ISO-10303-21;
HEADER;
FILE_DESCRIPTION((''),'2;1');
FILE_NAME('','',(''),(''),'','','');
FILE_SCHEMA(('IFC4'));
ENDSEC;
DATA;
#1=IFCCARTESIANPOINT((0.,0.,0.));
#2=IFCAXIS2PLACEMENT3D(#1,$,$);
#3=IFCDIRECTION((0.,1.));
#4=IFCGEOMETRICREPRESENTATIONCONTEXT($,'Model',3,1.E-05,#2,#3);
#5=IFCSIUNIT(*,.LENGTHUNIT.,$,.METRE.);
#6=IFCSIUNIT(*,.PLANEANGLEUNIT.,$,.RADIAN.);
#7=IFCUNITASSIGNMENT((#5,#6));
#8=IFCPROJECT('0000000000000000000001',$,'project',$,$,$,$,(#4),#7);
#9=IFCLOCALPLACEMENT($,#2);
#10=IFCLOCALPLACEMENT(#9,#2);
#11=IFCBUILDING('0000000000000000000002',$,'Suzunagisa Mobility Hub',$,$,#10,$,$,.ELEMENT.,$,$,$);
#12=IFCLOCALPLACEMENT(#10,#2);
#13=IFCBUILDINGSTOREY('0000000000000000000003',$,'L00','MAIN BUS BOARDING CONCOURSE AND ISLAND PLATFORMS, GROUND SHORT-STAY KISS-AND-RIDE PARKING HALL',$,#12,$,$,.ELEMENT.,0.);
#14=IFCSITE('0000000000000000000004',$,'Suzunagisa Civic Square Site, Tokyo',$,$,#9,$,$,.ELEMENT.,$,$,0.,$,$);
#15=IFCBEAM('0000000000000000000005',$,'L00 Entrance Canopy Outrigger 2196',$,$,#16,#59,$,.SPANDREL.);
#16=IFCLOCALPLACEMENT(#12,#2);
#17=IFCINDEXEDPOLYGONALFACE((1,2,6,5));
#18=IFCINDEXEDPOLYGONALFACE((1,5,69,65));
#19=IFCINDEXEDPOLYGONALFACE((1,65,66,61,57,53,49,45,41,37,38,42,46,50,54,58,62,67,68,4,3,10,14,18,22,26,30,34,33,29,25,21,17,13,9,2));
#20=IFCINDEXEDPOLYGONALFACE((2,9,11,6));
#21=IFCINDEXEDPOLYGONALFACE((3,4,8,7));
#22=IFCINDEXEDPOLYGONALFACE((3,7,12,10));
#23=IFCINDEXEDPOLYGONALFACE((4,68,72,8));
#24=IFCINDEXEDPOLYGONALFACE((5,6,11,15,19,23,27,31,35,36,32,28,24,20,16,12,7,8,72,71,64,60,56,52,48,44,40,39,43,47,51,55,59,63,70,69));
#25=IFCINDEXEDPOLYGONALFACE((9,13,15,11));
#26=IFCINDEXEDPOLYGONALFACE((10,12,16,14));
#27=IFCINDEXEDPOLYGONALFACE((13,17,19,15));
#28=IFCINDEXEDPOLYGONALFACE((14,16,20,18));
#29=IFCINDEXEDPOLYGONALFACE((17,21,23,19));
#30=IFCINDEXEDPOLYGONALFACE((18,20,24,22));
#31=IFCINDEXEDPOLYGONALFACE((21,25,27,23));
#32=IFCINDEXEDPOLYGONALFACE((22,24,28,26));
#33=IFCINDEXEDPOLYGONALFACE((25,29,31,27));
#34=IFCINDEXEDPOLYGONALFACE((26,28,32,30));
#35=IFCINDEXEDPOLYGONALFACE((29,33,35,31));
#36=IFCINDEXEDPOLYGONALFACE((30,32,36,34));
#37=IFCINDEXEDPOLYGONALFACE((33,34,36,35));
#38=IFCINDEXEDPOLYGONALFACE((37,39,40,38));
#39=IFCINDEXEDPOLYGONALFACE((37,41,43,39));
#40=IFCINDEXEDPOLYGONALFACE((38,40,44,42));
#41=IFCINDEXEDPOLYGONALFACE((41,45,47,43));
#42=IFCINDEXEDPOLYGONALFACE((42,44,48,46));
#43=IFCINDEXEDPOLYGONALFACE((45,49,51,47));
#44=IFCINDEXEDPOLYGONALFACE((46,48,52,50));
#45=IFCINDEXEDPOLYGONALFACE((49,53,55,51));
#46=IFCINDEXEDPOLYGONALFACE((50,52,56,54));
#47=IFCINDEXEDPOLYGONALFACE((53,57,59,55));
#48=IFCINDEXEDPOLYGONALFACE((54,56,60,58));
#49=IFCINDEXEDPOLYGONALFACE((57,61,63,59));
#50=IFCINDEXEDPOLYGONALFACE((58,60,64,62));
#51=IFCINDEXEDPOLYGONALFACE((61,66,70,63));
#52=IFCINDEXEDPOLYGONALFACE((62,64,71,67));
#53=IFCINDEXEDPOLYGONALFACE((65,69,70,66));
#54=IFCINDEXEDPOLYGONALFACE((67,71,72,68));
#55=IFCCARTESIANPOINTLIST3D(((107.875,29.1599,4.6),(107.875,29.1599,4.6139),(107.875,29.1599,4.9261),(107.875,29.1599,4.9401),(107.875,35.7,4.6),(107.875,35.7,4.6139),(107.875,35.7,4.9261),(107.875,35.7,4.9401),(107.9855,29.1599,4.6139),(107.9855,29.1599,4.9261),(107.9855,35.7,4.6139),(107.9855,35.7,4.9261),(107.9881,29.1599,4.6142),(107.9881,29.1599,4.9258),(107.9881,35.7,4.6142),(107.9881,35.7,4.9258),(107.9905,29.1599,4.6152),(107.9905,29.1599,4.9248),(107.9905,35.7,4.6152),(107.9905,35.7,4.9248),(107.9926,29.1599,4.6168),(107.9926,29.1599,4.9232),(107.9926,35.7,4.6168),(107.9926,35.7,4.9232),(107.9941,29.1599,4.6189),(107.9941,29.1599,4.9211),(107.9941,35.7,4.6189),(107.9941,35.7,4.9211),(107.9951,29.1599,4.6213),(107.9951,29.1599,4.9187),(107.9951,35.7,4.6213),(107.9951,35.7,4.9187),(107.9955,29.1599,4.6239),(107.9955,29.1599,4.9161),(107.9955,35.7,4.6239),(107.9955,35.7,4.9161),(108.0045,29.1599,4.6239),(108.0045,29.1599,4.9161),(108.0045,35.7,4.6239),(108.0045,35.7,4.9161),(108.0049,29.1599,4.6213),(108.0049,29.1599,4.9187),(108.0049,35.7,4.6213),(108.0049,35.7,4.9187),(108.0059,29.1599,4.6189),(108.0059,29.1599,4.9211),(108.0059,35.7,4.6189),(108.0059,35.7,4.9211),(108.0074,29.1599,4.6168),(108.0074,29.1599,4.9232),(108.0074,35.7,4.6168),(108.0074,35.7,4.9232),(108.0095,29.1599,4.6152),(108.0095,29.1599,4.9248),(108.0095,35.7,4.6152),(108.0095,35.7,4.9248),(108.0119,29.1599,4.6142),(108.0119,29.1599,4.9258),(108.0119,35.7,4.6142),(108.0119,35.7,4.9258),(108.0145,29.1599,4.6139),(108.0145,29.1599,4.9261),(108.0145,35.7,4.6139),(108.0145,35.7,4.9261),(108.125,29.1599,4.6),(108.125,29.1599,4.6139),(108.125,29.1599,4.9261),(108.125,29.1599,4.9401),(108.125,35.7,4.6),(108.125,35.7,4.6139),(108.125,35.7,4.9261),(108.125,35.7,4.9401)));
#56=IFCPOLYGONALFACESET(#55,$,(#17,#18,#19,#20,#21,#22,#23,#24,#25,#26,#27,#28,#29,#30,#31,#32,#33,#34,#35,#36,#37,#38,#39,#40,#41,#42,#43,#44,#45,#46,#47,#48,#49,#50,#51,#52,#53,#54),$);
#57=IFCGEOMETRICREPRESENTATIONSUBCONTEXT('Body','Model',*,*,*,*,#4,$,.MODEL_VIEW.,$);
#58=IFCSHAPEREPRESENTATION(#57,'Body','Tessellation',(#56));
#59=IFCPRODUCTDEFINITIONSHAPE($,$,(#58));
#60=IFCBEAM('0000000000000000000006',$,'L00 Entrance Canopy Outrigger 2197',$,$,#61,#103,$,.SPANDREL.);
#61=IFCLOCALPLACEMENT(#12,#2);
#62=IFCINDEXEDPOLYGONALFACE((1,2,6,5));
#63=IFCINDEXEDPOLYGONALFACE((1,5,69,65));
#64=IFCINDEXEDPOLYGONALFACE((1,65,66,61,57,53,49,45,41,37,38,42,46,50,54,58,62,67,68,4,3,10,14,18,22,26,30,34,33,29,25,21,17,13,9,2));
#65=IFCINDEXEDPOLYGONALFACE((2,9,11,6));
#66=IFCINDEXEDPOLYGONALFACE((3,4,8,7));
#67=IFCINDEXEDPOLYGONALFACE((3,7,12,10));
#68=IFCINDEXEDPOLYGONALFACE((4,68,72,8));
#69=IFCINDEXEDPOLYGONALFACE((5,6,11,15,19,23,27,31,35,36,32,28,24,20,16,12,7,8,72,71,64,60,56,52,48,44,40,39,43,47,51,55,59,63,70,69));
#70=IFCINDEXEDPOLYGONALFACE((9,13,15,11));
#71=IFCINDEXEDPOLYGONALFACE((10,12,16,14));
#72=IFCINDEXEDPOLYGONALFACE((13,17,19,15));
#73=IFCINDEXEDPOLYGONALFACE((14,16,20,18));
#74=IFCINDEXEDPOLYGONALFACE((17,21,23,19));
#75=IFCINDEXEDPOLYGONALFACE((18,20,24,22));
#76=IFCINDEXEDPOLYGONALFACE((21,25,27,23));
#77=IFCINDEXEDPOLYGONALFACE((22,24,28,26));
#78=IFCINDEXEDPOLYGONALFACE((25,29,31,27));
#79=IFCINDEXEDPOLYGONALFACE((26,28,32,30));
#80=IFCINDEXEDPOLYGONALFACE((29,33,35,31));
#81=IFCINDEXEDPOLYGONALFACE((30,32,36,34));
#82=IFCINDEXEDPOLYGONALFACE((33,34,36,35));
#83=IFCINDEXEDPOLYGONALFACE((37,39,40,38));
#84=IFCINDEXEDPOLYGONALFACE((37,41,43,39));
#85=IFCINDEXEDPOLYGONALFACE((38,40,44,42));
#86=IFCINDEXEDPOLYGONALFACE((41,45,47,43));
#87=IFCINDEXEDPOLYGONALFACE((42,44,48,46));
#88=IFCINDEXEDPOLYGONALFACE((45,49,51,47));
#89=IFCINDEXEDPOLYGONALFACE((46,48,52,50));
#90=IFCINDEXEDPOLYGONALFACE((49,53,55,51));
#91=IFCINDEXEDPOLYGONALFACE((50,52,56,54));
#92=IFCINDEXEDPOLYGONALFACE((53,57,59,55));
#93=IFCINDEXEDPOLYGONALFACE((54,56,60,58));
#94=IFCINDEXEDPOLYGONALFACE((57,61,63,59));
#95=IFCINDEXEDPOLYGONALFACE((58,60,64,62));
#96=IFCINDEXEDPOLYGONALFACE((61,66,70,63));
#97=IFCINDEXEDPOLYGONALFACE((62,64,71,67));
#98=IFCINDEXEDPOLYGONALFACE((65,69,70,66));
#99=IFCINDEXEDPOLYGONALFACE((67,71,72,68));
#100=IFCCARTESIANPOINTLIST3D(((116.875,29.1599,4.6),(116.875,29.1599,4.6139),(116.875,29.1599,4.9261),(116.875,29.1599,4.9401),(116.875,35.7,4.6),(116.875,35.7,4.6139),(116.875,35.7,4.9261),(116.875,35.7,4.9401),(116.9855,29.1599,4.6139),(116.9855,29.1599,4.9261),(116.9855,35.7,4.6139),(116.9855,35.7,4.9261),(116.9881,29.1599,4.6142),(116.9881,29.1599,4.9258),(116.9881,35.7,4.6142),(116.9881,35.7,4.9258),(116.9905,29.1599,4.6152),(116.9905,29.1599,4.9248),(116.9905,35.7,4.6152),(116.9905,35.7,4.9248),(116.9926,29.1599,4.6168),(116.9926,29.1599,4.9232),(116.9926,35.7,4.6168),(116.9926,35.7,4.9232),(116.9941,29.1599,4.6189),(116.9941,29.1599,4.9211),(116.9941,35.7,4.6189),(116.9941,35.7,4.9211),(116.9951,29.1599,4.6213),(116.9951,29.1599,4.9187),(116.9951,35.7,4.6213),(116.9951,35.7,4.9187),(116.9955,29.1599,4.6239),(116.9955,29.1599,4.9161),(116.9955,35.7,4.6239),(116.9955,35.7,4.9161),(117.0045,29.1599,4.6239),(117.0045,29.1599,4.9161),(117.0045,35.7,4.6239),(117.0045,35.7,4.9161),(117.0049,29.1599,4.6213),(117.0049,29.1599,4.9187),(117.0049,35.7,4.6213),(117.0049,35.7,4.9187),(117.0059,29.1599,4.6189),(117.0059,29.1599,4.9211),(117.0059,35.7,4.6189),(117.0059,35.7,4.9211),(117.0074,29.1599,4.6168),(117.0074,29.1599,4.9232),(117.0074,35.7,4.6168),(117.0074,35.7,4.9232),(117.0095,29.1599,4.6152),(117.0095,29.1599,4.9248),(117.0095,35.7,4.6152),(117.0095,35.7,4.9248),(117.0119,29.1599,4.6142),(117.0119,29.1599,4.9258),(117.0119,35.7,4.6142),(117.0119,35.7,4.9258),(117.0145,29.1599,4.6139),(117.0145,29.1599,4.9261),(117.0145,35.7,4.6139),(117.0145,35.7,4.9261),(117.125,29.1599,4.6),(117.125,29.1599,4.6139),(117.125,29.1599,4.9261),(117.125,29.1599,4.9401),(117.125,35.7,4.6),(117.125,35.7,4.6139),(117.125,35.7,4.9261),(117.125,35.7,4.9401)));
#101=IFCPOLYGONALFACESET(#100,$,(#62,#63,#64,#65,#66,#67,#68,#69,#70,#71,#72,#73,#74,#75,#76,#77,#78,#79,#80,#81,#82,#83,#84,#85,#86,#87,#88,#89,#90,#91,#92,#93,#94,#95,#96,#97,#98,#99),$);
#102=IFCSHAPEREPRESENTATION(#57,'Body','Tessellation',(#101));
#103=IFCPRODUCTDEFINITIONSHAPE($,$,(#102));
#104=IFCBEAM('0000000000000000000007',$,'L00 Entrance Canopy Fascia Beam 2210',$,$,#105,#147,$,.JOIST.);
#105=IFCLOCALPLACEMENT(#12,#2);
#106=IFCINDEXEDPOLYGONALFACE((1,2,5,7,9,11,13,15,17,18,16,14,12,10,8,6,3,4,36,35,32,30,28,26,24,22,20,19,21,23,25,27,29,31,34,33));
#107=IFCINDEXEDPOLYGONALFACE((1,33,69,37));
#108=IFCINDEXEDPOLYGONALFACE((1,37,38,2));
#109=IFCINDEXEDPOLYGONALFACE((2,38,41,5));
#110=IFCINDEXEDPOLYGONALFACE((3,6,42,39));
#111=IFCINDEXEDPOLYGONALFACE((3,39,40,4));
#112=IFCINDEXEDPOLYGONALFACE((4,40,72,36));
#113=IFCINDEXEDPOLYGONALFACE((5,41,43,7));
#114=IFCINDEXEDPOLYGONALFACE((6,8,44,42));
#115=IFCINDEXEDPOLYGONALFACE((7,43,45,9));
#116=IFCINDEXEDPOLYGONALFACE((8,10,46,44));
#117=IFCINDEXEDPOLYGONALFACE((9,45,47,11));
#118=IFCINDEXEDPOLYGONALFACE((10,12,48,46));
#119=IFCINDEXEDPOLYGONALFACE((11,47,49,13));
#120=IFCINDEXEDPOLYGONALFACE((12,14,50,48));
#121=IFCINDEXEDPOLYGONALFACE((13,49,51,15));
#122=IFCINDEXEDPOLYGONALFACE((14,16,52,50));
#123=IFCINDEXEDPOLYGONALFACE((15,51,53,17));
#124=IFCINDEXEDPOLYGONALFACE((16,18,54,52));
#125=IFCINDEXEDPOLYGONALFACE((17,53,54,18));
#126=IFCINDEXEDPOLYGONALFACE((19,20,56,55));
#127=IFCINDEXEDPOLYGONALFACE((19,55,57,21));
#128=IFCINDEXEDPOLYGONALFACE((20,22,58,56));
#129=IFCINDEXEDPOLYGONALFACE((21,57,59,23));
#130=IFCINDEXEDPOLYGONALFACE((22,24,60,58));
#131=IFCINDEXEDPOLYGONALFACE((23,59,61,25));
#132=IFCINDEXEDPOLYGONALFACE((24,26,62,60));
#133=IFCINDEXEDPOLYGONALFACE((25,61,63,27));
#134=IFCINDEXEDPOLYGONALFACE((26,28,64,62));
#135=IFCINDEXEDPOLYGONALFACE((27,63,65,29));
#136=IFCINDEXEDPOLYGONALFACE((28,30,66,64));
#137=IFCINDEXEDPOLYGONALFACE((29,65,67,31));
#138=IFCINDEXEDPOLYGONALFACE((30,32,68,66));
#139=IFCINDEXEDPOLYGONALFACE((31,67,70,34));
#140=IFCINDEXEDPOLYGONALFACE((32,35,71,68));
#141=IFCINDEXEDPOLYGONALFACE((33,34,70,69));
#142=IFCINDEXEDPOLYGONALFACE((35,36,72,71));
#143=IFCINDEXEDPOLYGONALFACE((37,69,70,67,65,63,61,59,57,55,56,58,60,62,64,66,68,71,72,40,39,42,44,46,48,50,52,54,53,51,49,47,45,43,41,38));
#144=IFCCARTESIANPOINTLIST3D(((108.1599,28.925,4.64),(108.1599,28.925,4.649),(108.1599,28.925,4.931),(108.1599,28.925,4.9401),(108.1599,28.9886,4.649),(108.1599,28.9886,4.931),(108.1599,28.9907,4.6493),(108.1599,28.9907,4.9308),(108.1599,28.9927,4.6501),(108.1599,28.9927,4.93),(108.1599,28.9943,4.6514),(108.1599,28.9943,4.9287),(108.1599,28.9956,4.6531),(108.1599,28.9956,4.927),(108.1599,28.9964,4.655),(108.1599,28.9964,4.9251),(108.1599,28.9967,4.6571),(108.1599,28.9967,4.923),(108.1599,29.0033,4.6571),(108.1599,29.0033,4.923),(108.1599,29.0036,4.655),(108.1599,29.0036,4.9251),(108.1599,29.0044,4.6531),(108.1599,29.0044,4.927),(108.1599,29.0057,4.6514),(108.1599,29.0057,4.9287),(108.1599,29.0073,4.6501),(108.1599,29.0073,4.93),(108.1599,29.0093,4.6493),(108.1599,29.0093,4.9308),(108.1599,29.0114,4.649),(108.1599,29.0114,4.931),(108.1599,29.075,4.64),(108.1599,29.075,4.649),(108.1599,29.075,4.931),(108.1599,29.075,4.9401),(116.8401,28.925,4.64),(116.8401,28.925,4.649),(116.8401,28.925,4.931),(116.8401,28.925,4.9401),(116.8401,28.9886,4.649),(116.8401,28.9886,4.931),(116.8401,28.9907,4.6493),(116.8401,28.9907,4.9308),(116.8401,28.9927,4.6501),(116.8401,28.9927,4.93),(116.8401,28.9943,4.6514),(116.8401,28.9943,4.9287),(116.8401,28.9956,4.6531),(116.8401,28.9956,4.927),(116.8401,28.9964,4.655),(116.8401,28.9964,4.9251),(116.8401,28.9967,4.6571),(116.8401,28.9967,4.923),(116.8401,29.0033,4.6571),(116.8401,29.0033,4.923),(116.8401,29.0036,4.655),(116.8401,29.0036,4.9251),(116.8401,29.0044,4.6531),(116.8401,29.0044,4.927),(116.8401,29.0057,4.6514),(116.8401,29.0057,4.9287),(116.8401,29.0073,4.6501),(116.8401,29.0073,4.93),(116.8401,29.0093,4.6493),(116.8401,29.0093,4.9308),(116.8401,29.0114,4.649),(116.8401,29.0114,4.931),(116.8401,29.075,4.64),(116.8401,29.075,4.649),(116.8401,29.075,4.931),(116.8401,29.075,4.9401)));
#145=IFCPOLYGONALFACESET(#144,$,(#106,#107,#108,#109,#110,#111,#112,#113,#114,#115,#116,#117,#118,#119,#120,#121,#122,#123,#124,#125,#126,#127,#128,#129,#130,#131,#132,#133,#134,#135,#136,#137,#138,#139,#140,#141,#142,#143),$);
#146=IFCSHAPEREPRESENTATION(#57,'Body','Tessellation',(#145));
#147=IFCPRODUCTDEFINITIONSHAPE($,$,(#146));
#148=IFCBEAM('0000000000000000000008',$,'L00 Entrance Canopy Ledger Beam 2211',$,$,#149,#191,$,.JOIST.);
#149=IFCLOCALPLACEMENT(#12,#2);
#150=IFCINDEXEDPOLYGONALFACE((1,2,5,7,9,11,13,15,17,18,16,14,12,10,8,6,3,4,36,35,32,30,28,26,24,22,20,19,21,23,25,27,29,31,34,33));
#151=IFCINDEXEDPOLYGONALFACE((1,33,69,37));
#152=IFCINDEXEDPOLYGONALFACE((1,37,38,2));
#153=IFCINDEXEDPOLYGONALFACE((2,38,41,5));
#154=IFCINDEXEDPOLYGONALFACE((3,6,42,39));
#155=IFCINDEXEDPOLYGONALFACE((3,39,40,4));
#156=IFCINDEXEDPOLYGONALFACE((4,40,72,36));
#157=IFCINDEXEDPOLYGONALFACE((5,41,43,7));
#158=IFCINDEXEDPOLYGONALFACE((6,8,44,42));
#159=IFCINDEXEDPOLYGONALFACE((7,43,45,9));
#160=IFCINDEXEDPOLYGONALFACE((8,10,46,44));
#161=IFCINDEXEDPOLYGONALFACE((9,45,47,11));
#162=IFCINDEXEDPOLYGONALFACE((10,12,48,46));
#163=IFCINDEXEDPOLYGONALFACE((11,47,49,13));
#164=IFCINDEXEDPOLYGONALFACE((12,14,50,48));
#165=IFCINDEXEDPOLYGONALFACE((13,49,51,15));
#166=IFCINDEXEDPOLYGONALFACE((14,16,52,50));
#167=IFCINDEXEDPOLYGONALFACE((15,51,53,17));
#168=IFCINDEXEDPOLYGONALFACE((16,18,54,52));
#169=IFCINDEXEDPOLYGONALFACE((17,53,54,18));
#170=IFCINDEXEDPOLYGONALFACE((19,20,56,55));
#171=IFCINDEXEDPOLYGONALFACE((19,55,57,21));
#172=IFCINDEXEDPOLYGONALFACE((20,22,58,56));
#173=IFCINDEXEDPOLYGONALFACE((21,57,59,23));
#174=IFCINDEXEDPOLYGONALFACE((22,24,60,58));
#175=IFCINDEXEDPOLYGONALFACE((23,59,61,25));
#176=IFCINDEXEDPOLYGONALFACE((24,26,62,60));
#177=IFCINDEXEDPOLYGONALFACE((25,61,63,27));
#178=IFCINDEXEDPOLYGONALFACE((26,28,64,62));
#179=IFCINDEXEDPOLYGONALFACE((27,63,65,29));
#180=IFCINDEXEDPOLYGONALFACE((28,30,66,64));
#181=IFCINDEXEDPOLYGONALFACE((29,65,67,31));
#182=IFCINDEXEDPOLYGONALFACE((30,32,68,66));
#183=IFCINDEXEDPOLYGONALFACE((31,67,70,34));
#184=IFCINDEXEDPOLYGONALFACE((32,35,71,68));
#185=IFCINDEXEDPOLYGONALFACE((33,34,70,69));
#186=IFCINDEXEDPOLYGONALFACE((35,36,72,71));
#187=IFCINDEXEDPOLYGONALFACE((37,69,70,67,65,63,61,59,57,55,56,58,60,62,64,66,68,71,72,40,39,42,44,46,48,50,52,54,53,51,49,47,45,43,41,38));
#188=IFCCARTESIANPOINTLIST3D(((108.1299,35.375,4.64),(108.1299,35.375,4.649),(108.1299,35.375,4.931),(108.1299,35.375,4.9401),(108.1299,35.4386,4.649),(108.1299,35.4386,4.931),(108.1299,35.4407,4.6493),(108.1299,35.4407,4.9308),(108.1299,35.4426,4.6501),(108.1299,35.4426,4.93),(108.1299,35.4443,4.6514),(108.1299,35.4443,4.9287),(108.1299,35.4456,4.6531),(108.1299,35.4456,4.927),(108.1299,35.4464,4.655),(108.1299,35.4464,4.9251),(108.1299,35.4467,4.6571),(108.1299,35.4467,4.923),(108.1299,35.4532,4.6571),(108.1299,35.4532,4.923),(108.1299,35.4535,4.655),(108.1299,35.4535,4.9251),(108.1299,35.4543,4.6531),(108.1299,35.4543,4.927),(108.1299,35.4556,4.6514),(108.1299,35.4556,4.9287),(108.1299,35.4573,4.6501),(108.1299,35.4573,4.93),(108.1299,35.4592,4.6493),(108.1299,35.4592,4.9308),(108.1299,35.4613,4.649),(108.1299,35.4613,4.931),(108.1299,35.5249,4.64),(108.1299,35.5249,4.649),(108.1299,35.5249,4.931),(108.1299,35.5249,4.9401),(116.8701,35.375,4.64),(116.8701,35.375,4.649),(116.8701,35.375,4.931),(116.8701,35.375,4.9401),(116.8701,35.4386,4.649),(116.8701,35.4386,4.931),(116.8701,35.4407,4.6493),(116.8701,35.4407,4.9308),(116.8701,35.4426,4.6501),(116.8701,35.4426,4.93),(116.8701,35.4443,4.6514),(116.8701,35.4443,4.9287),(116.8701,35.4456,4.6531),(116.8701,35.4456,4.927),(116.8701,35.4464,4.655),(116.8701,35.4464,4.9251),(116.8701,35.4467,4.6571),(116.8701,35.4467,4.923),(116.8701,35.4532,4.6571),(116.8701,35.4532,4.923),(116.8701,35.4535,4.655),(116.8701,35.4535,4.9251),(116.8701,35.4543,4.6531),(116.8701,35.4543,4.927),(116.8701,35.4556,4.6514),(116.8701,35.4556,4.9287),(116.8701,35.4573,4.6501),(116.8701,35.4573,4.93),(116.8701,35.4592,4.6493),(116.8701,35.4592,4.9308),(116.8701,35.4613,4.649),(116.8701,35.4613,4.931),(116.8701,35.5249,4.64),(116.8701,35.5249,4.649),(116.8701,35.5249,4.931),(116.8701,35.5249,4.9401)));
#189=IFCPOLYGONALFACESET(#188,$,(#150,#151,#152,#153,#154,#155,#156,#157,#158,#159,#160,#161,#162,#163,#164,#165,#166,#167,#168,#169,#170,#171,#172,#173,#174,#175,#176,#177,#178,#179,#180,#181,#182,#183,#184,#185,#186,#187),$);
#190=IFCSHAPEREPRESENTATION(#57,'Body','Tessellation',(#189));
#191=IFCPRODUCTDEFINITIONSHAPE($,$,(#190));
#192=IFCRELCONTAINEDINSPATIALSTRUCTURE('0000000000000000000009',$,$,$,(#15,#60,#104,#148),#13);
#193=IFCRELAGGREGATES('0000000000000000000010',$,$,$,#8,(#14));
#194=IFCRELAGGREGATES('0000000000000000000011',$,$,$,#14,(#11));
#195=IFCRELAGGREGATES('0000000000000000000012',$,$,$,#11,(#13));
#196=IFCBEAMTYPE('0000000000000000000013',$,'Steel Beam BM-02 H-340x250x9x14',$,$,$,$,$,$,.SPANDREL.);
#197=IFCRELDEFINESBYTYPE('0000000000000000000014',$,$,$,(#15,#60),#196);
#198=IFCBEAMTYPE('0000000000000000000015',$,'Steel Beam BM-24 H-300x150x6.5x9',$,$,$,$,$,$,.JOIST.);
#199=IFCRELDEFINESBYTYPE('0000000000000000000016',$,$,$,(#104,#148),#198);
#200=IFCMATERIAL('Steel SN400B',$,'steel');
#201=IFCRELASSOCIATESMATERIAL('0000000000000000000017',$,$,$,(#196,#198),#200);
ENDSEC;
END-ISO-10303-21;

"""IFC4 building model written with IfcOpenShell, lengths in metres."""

from ifc_helpers import new_model, si_unit, direction, frame, origin, origin_2d, place, context, subcontext, project, spatial, i_section, extrude, material, material_profile, profile_set, type_object, element, save


model = new_model("IFC4")

# Units and contexts
model_context = context("Model", 3, precision=1e-05, world=origin(), true_north=direction((0.0, 1.0)))
body_context = subcontext(model_context, "Body", "Model", "MODEL_VIEW")
ifc_project = project(units=[si_unit("LENGTHUNIT", "METRE"), si_unit("PLANEANGLEUNIT", "RADIAN")], contexts=[model_context])

# Site, building, storey
site_placement = place(None, origin())
site = spatial("IfcSite", under=ifc_project, at=site_placement, Name="Suzunagisa Civic Square Site, Tokyo", CompositionType="ELEMENT", RefElevation=0.0)
building_placement = place(site_placement, origin())
building = spatial("IfcBuilding", under=site, at=building_placement, Name="Suzunagisa Mobility Hub", CompositionType="ELEMENT")
storey_placement = place(building_placement, origin())
storey = spatial("IfcBuildingStorey", under=building, at=storey_placement, Name="L00", Description="MAIN BUS BOARDING CONCOURSE AND ISLAND PLATFORMS, GROUND SHORT-STAY KISS-AND-RIDE PARKING HALL", CompositionType="ELEMENT", Elevation=0.0)

# Shared definitions
ifc_material_1 = material(Name="Steel SN400B", Category="steel")

# Beams
ifc_material_profile_1 = material_profile(ifc_material_1, i_section(OverallWidth=0.25, OverallDepth=0.3401, WebThickness=0.009, FlangeThickness=0.0139, FilletRadius=0.01, at=origin_2d()), Name="H-340x250x9x14")
ifc_profile_set_1 = profile_set([ifc_material_profile_1], Name="Steel SN400B")
beam_type_1 = type_object("IfcBeamType", Name="Steel Beam BM-02 H-340x250x9x14", PredefinedType="SPANDREL", material=ifc_profile_set_1)
for number, where, z_axis, x_axis, name in (
    (1, (108.0, 29.1599, 4.77), (0.0, 1.0, 0.0), (-1.0, 0.0, 0.0), "L00 Entrance Canopy Outrigger 2196"),
    (2, (117.0, 29.1599, 4.77), (0.0, 1.0, 0.0), (-1.0, 0.0, 0.0), "L00 Entrance Canopy Outrigger 2197"),
):
    element("IfcBeam", number, at=place(storey_placement, frame(where, z_axis=z_axis, x_axis=x_axis)), inside=storey, type_object=beam_type_1, Name=name, PredefinedType="SPANDREL", context=body_context, shape_type="SweptSolid", body=[
        extrude(i_section(OverallWidth=0.25, OverallDepth=0.3401, WebThickness=0.009, FlangeThickness=0.0139, FilletRadius=0.01, at=origin_2d()), origin(), (0.0, 0.0, 1.0), 6.54),
    ])
ifc_material_profile_2 = material_profile(ifc_material_1, i_section(OverallWidth=0.1499, OverallDepth=0.3, WebThickness=0.0066, FlangeThickness=0.009, FilletRadius=0.0081, at=origin_2d()), Name="H-300x150x6.5x9")
ifc_profile_set_2 = profile_set([ifc_material_profile_2], Name="Steel SN400B")
beam_type_2 = type_object("IfcBeamType", Name="Steel Beam BM-24 H-300x150x6.5x9", PredefinedType="JOIST", material=ifc_profile_set_2)
beam_1_placement = place(storey_placement, frame((108.1599, 29.0, 4.79), z_axis=(1.0, 0.0, 0.0), x_axis=(0.0, 1.0, 0.0)))
element("IfcBeam", 3, at=beam_1_placement, inside=storey, type_object=beam_type_2, Name="L00 Entrance Canopy Fascia Beam 2210", PredefinedType="JOIST", context=body_context, shape_type="SweptSolid", body=[
    extrude(i_section(OverallWidth=0.1499, OverallDepth=0.3, WebThickness=0.0066, FlangeThickness=0.009, FilletRadius=0.0081, at=origin_2d()), origin(), (0.0, 0.0, 1.0), 8.6802),
])
beam_2_placement = place(storey_placement, frame((108.1299, 35.45, 4.79), z_axis=(1.0, 0.0, 0.0), x_axis=(0.0, 1.0, 0.0)))
element("IfcBeam", 4, at=beam_2_placement, inside=storey, type_object=beam_type_2, Name="L00 Entrance Canopy Ledger Beam 2211", PredefinedType="JOIST", context=body_context, shape_type="SweptSolid", body=[
    extrude(i_section(OverallWidth=0.1499, OverallDepth=0.3, WebThickness=0.0066, FlangeThickness=0.009, FilletRadius=0.0081, at=origin_2d()), origin(), (0.0, 0.0, 1.0), 8.7402),
])

save(model, "model.ifc")
